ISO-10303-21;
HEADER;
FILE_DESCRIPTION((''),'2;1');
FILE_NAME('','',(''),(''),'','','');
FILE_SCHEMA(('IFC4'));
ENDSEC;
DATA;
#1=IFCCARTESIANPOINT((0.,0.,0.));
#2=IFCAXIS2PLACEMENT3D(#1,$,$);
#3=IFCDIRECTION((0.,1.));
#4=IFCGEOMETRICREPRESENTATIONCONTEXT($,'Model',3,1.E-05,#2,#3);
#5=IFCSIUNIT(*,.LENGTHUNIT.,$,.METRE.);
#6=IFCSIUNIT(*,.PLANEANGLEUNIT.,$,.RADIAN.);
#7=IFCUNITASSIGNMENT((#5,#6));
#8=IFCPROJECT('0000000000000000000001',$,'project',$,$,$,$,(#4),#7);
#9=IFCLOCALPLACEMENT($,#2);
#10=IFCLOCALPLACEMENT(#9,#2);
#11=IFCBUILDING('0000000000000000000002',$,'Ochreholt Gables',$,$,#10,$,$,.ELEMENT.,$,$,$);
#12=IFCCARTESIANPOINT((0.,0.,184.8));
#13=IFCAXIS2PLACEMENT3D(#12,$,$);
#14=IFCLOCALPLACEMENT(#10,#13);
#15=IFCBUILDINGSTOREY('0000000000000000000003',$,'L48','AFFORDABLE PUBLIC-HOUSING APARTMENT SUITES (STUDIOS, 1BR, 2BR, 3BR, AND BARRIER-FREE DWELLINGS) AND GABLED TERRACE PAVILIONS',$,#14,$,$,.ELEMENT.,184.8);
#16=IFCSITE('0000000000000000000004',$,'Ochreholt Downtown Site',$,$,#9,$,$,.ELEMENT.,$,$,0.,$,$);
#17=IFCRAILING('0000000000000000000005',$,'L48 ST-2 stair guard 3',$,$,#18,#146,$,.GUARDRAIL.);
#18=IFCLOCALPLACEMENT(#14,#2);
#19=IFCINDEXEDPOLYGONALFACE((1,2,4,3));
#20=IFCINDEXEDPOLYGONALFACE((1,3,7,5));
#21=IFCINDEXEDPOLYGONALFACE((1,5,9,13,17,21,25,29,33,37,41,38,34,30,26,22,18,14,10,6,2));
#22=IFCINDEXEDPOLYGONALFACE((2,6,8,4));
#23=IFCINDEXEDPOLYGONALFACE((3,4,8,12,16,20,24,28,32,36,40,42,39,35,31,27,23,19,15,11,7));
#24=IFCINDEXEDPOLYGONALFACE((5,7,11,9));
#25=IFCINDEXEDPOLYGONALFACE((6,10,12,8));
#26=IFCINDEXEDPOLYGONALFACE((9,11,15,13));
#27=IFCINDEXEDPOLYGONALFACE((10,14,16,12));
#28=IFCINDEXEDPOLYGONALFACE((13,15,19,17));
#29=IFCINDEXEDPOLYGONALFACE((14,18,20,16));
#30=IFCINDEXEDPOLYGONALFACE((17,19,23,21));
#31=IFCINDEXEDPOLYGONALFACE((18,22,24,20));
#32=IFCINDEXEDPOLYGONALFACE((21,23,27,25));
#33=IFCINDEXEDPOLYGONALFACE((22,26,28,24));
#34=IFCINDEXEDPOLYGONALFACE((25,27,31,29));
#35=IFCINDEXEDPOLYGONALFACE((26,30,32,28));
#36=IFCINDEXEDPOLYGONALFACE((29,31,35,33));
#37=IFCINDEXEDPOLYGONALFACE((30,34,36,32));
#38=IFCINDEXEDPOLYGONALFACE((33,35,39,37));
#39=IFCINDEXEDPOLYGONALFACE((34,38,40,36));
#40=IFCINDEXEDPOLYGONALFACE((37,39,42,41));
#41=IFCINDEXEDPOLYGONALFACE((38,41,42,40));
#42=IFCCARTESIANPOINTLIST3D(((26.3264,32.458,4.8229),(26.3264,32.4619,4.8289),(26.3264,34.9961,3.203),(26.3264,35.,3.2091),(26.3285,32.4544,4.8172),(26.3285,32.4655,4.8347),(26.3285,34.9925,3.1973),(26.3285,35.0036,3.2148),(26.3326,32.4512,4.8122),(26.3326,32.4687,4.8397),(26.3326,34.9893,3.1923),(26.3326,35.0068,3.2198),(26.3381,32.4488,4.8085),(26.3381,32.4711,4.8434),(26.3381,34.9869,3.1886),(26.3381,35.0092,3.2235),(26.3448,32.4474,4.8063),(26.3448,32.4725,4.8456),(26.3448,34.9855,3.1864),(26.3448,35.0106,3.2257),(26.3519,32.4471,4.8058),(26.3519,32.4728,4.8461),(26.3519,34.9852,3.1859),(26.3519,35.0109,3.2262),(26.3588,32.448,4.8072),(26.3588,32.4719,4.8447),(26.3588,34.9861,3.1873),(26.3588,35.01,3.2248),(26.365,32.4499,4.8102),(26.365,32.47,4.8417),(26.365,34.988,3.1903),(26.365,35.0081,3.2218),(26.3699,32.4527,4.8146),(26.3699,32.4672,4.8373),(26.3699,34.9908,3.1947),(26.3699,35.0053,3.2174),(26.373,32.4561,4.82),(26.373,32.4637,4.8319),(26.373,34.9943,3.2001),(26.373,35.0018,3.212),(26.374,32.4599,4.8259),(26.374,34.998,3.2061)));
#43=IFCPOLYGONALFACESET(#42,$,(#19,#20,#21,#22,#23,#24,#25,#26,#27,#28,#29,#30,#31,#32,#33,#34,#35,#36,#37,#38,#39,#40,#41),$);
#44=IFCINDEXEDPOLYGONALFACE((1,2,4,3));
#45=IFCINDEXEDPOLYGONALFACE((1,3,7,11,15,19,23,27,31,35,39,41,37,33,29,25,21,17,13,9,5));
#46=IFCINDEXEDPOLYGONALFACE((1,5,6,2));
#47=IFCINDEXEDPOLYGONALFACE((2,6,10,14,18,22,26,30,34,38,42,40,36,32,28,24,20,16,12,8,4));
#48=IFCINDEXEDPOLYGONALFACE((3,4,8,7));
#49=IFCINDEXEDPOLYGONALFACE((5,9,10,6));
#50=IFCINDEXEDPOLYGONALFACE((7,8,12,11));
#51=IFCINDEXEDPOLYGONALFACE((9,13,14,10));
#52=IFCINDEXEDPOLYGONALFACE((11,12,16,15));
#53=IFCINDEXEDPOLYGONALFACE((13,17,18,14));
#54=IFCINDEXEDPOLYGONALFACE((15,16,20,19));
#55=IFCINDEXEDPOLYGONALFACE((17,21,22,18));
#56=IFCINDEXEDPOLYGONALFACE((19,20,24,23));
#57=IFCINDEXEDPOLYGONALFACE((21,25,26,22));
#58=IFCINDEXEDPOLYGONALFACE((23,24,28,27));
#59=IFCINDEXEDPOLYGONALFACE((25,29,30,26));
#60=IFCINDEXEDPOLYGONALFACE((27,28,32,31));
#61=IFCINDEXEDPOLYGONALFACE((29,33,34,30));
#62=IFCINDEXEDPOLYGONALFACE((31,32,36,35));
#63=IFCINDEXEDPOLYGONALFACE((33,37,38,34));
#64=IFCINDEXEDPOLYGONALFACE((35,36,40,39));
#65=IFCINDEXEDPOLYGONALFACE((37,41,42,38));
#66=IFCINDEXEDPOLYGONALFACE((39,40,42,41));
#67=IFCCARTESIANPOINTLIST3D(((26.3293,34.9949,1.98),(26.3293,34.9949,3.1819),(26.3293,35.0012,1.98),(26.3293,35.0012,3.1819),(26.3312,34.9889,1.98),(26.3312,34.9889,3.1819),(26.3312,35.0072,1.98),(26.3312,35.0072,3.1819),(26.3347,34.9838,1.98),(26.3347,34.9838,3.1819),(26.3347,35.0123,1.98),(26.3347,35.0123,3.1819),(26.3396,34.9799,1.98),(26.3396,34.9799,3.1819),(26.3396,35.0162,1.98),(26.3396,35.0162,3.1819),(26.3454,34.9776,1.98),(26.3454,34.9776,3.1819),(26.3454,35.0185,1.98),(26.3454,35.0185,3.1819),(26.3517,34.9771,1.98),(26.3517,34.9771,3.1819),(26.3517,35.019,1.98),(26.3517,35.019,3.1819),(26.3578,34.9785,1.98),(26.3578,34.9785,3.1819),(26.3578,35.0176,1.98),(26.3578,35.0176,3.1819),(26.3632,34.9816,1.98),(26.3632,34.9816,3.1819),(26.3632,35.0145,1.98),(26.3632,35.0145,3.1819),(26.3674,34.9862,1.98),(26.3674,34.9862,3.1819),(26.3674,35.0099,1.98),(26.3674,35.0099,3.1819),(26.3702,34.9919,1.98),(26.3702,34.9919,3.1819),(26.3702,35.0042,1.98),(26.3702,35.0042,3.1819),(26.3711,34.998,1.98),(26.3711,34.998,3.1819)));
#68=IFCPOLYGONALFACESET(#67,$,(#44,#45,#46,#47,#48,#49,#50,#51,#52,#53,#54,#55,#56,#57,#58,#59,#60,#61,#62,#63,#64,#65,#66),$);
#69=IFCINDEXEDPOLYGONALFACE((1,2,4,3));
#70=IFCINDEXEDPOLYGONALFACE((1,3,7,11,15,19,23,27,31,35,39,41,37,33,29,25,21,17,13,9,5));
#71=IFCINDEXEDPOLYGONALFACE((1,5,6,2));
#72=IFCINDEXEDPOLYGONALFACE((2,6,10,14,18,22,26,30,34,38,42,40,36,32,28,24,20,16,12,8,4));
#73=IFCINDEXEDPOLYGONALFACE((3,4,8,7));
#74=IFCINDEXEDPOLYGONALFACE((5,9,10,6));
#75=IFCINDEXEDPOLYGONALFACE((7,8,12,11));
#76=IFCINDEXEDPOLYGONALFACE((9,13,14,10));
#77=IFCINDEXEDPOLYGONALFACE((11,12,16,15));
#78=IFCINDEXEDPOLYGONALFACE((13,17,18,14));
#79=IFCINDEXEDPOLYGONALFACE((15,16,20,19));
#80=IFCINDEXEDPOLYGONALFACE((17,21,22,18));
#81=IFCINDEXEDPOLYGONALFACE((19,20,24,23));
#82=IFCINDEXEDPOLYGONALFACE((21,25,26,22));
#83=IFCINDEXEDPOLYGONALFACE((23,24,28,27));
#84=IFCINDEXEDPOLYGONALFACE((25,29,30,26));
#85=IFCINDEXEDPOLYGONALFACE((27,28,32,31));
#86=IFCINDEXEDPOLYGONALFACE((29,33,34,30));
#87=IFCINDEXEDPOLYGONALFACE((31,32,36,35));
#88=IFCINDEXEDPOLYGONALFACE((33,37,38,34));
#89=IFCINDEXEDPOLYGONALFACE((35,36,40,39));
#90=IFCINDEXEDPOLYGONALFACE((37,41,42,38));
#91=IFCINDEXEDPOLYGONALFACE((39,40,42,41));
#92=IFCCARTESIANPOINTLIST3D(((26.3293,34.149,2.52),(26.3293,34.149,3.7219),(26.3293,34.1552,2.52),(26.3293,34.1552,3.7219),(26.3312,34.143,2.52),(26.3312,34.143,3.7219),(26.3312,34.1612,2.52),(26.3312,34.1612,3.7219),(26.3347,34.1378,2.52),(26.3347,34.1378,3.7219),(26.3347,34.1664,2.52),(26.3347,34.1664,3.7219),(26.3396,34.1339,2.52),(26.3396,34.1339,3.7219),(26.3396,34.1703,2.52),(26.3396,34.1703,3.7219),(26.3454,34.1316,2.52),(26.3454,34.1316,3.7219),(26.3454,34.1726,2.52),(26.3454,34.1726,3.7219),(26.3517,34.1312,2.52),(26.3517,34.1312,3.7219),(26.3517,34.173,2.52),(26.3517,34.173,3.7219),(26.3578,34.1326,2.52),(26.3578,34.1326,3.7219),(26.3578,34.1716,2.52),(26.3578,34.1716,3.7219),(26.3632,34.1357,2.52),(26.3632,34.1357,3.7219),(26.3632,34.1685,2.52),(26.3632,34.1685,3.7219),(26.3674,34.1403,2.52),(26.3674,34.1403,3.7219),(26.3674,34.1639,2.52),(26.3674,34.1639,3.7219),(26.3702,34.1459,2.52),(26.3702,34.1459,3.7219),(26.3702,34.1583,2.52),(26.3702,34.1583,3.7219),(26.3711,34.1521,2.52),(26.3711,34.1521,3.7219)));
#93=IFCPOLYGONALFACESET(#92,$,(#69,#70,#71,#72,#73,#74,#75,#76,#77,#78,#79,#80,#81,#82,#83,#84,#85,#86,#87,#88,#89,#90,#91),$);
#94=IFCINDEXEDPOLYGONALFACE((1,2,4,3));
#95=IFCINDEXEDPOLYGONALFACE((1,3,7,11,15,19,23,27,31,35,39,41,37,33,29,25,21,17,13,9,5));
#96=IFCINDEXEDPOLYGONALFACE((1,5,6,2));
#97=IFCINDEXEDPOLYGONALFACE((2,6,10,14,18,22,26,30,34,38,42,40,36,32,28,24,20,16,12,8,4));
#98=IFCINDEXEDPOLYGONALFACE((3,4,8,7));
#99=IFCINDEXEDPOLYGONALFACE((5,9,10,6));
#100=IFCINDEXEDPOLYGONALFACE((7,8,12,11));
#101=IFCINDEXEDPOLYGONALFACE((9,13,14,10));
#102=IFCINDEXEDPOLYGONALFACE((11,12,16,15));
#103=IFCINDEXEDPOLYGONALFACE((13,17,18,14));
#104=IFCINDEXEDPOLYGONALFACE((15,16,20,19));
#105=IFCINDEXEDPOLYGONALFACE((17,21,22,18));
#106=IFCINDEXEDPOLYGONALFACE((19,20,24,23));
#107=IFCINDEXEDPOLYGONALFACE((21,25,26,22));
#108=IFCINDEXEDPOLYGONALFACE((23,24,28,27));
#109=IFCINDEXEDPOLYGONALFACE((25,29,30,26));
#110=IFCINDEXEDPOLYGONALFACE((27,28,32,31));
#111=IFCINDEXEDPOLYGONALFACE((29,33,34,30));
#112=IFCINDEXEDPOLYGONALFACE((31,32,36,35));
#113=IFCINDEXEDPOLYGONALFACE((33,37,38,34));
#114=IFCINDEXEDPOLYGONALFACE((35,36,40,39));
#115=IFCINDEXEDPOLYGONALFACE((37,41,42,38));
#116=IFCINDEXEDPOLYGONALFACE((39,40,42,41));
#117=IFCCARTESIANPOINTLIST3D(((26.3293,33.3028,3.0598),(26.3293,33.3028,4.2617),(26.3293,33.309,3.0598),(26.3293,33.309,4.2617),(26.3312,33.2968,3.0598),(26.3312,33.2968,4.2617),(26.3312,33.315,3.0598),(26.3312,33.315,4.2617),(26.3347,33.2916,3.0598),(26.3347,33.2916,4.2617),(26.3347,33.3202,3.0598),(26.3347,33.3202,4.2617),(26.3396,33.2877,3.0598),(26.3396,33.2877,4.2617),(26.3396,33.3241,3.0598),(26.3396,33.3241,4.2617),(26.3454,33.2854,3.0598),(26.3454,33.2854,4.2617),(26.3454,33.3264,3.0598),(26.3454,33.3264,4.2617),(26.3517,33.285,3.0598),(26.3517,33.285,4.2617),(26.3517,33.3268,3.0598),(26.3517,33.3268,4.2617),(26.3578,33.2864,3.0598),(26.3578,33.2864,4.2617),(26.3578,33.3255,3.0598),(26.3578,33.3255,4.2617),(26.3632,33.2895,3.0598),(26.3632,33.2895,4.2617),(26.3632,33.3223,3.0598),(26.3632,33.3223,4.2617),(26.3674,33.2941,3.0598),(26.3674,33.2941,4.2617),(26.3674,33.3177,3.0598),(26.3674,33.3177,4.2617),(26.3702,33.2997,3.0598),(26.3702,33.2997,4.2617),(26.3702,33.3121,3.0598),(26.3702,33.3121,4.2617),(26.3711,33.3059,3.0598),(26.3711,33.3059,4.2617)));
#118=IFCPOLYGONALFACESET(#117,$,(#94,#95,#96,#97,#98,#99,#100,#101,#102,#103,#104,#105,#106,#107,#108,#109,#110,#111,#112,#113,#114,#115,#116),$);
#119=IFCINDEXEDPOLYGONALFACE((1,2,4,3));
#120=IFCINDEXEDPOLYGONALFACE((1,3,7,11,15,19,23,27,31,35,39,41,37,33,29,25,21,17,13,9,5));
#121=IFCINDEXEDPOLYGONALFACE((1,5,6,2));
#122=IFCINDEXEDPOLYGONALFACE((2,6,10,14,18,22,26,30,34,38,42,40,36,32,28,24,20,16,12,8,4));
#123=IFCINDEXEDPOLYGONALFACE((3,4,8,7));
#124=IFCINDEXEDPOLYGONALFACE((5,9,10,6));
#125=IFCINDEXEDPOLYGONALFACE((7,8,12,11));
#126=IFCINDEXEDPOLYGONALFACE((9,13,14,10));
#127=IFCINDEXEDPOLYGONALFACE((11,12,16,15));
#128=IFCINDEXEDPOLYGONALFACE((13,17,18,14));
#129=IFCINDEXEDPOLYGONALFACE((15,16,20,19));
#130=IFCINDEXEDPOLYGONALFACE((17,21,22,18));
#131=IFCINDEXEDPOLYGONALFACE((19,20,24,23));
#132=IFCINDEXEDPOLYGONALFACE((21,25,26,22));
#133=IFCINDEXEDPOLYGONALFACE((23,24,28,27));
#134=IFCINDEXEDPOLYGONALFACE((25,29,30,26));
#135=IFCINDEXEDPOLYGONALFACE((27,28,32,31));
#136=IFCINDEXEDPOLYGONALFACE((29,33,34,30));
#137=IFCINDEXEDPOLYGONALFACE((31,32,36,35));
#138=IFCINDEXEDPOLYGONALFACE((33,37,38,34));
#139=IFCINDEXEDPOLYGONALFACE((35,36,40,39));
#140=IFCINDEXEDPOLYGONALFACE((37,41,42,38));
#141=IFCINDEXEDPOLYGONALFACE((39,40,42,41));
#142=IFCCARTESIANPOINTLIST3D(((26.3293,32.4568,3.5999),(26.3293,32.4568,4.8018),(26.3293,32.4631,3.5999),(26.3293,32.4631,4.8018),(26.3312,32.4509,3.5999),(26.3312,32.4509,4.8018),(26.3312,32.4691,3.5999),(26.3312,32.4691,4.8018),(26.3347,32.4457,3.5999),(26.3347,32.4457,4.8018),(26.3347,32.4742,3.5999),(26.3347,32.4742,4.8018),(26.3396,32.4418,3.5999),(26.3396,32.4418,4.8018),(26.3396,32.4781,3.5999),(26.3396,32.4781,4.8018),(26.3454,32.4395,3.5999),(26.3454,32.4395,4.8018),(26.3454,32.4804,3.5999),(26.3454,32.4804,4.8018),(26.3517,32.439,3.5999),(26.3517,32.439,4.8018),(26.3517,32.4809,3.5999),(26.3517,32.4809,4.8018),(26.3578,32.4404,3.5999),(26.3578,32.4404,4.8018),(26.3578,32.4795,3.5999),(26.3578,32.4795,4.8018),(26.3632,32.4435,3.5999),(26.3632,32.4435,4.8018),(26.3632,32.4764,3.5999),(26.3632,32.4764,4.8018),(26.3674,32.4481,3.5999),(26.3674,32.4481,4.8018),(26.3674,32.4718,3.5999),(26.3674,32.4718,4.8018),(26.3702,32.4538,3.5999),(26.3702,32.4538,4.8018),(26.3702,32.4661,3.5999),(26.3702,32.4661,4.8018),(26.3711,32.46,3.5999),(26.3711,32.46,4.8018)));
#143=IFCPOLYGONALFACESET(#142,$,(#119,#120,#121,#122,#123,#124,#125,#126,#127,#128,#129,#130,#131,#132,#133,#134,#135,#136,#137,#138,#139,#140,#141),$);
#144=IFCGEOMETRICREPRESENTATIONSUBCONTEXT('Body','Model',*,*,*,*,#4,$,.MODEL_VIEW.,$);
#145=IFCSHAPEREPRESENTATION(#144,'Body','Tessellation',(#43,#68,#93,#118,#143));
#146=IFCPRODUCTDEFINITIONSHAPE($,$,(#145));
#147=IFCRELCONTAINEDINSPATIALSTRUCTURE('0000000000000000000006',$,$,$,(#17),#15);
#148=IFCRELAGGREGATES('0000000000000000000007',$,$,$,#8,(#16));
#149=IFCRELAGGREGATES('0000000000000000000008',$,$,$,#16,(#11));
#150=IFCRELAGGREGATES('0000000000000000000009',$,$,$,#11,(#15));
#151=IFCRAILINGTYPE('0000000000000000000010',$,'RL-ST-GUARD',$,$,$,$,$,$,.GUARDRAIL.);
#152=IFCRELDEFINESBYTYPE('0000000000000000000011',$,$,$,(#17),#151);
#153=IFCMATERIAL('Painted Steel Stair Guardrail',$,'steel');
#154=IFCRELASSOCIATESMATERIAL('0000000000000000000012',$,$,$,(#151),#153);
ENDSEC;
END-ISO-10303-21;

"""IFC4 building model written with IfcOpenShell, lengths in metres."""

from ifc_helpers import new_model, si_unit, direction, frame, origin, origin_2d, place, context, subcontext, project, spatial, circle, extrude, material, type_object, element, save


model = new_model("IFC4")

# Units and contexts
model_context = context("Model", 3, precision=1e-05, world=origin(), true_north=direction((0.0, 1.0)))
body_context = subcontext(model_context, "Body", "Model", "MODEL_VIEW")
ifc_project = project(units=[si_unit("LENGTHUNIT", "METRE"), si_unit("PLANEANGLEUNIT", "RADIAN")], contexts=[model_context])

# Site, building, storey
site_placement = place(None, origin())
site = spatial("IfcSite", under=ifc_project, at=site_placement, Name="Ochreholt Downtown Site", CompositionType="ELEMENT", RefElevation=0.0)
building_placement = place(site_placement, origin())
building = spatial("IfcBuilding", under=site, at=building_placement, Name="Ochreholt Gables", CompositionType="ELEMENT")
storey_placement = place(building_placement, frame((0.0, 0.0, 184.8)))
storey = spatial("IfcBuildingStorey", under=building, at=storey_placement, Name="L48", Description="AFFORDABLE PUBLIC-HOUSING APARTMENT SUITES (STUDIOS, 1BR, 2BR, 3BR, AND BARRIER-FREE DWELLINGS) AND GABLED TERRACE PAVILIONS", CompositionType="ELEMENT", Elevation=184.8)

# Railing
ifc_material_1 = material(Name="Painted Steel Stair Guardrail", Category="steel")
railing_type_1 = type_object("IfcRailingType", Name="RL-ST-GUARD", PredefinedType="GUARDRAIL", material=ifc_material_1)
railing_1_placement = place(storey_placement, frame((26.3501, 34.998, 1.98)))
element("IfcRailing", 1, at=railing_1_placement, inside=storey, type_object=railing_type_1, Name="L48 ST-2 stair guard 3", PredefinedType="GUARDRAIL", context=body_context, shape_type="SweptSolid", body=[
    extrude(circle(Radius=0.0239, at=origin_2d()), frame((0.0, 0.0, 1.2261), z_axis=(0.0, -0.84295, 0.537993), x_axis=(1.0, 0.0, 0.0)), (0.0, 0.0, 1.0), 3.011),
    extrude(circle(Radius=0.021, at=origin_2d()), origin(), (0.0, 0.0, 1.0), 1.2019),
    extrude(circle(Radius=0.021, at=origin_2d()), frame((0.0, -0.8459, 0.54)), (0.0, 0.0, 1.0), 1.2019),
    extrude(circle(Radius=0.021, at=origin_2d()), frame((0.0, -1.6921, 1.0798)), (0.0, 0.0, 1.0), 1.2019),
    extrude(circle(Radius=0.021, at=origin_2d()), frame((0.0, -2.5381, 1.6199)), (0.0, 0.0, 1.0), 1.2019),
])

save(model, "model.ifc")
